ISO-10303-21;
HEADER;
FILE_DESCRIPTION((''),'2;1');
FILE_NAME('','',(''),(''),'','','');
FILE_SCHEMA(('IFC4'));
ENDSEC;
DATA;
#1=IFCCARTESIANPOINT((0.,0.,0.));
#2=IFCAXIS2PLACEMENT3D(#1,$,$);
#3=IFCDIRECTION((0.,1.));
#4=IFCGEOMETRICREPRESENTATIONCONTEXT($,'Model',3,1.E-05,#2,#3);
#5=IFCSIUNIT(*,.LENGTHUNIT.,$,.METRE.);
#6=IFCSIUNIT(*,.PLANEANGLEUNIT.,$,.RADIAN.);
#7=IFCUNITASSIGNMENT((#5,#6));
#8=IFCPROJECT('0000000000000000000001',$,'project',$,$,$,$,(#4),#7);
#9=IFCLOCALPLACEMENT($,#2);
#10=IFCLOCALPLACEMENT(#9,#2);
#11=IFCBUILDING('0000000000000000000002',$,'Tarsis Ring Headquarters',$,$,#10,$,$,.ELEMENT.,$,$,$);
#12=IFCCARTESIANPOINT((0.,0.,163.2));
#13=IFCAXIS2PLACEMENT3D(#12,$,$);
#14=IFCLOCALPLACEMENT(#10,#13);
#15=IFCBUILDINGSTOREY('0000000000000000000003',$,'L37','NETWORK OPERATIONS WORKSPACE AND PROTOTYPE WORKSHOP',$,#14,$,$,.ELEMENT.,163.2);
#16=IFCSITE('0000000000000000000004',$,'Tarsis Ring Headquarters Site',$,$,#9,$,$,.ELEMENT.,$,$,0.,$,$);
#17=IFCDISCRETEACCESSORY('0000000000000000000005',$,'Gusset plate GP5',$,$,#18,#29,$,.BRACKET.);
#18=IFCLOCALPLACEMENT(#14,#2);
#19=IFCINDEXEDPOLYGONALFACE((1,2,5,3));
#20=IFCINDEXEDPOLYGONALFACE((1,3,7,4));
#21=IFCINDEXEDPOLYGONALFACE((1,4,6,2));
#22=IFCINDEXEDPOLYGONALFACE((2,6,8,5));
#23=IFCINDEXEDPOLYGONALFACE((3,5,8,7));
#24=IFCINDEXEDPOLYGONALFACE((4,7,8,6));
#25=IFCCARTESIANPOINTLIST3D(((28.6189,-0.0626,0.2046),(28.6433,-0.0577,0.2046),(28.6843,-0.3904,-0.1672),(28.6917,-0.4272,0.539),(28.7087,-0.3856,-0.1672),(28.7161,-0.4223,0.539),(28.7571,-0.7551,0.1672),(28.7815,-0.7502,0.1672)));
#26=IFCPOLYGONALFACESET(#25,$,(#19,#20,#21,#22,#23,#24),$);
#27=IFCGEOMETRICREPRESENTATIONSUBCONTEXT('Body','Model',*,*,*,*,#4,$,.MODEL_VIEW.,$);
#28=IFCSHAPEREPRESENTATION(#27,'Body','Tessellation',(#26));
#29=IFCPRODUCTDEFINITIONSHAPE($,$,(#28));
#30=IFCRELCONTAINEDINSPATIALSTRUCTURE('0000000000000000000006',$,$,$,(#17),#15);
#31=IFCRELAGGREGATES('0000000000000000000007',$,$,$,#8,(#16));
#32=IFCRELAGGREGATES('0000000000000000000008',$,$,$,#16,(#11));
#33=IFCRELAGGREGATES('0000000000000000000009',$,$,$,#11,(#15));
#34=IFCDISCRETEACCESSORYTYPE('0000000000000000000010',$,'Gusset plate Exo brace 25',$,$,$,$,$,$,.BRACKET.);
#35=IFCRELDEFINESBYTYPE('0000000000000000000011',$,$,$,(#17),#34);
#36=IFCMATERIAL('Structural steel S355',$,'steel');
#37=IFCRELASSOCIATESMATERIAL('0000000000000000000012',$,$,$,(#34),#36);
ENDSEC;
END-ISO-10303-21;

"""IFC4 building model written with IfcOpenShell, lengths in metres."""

from ifc_helpers import new_model, si_unit, direction, frame, origin, origin_2d, place, context, subcontext, project, spatial, rectangle, extrude, material, material_profile, profile_set, type_object, element, save


model = new_model("IFC4")

# Units and contexts
model_context = context("Model", 3, precision=1e-05, world=origin(), true_north=direction((0.0, 1.0)))
body_context = subcontext(model_context, "Body", "Model", "MODEL_VIEW")
ifc_project = project(units=[si_unit("LENGTHUNIT", "METRE"), si_unit("PLANEANGLEUNIT", "RADIAN")], contexts=[model_context])

# Site, building, storey
site_placement = place(None, origin())
site = spatial("IfcSite", under=ifc_project, at=site_placement, Name="Tarsis Ring Headquarters Site", CompositionType="ELEMENT", RefElevation=0.0)
building_placement = place(site_placement, origin())
building = spatial("IfcBuilding", under=site, at=building_placement, Name="Tarsis Ring Headquarters", CompositionType="ELEMENT")
storey_placement = place(building_placement, frame((0.0, 0.0, 163.2)))
storey = spatial("IfcBuildingStorey", under=building, at=storey_placement, Name="L37", Description="NETWORK OPERATIONS WORKSPACE AND PROTOTYPE WORKSHOP", CompositionType="ELEMENT", Elevation=163.2)

# Shared definitions
ifc_material_1 = material(Name="Structural steel S355", Category="steel")

# Discrete accessory
ifc_material_profile_1 = material_profile(ifc_material_1, rectangle(XDim=0.0249, YDim=0.5, at=origin_2d()), Name="PL 25x500")
ifc_profile_set_1 = profile_set([ifc_material_profile_1], Name="Structural steel S355")
discrete_accessory_type = type_object("IfcDiscreteAccessoryType", Name="Gusset plate Exo brace 25", PredefinedType="BRACKET", material=ifc_profile_set_1)
discrete_accessory_placement = place(storey_placement, frame((28.7329, -0.5703, 0.0), z_axis=(-0.130848, 0.655707, 0.74359), x_axis=(-0.980665, -0.195695, 0.0)))
element("IfcDiscreteAccessory", 1, at=discrete_accessory_placement, inside=storey, type_object=discrete_accessory_type, Name="Gusset plate GP5", PredefinedType="BRACKET", context=body_context, shape_type="SweptSolid", body=[
    extrude(rectangle(XDim=0.0249, YDim=0.5, at=origin_2d()), origin(), (0.0, 0.0, 1.0), 0.5),
])

save(model, "model.ifc")
